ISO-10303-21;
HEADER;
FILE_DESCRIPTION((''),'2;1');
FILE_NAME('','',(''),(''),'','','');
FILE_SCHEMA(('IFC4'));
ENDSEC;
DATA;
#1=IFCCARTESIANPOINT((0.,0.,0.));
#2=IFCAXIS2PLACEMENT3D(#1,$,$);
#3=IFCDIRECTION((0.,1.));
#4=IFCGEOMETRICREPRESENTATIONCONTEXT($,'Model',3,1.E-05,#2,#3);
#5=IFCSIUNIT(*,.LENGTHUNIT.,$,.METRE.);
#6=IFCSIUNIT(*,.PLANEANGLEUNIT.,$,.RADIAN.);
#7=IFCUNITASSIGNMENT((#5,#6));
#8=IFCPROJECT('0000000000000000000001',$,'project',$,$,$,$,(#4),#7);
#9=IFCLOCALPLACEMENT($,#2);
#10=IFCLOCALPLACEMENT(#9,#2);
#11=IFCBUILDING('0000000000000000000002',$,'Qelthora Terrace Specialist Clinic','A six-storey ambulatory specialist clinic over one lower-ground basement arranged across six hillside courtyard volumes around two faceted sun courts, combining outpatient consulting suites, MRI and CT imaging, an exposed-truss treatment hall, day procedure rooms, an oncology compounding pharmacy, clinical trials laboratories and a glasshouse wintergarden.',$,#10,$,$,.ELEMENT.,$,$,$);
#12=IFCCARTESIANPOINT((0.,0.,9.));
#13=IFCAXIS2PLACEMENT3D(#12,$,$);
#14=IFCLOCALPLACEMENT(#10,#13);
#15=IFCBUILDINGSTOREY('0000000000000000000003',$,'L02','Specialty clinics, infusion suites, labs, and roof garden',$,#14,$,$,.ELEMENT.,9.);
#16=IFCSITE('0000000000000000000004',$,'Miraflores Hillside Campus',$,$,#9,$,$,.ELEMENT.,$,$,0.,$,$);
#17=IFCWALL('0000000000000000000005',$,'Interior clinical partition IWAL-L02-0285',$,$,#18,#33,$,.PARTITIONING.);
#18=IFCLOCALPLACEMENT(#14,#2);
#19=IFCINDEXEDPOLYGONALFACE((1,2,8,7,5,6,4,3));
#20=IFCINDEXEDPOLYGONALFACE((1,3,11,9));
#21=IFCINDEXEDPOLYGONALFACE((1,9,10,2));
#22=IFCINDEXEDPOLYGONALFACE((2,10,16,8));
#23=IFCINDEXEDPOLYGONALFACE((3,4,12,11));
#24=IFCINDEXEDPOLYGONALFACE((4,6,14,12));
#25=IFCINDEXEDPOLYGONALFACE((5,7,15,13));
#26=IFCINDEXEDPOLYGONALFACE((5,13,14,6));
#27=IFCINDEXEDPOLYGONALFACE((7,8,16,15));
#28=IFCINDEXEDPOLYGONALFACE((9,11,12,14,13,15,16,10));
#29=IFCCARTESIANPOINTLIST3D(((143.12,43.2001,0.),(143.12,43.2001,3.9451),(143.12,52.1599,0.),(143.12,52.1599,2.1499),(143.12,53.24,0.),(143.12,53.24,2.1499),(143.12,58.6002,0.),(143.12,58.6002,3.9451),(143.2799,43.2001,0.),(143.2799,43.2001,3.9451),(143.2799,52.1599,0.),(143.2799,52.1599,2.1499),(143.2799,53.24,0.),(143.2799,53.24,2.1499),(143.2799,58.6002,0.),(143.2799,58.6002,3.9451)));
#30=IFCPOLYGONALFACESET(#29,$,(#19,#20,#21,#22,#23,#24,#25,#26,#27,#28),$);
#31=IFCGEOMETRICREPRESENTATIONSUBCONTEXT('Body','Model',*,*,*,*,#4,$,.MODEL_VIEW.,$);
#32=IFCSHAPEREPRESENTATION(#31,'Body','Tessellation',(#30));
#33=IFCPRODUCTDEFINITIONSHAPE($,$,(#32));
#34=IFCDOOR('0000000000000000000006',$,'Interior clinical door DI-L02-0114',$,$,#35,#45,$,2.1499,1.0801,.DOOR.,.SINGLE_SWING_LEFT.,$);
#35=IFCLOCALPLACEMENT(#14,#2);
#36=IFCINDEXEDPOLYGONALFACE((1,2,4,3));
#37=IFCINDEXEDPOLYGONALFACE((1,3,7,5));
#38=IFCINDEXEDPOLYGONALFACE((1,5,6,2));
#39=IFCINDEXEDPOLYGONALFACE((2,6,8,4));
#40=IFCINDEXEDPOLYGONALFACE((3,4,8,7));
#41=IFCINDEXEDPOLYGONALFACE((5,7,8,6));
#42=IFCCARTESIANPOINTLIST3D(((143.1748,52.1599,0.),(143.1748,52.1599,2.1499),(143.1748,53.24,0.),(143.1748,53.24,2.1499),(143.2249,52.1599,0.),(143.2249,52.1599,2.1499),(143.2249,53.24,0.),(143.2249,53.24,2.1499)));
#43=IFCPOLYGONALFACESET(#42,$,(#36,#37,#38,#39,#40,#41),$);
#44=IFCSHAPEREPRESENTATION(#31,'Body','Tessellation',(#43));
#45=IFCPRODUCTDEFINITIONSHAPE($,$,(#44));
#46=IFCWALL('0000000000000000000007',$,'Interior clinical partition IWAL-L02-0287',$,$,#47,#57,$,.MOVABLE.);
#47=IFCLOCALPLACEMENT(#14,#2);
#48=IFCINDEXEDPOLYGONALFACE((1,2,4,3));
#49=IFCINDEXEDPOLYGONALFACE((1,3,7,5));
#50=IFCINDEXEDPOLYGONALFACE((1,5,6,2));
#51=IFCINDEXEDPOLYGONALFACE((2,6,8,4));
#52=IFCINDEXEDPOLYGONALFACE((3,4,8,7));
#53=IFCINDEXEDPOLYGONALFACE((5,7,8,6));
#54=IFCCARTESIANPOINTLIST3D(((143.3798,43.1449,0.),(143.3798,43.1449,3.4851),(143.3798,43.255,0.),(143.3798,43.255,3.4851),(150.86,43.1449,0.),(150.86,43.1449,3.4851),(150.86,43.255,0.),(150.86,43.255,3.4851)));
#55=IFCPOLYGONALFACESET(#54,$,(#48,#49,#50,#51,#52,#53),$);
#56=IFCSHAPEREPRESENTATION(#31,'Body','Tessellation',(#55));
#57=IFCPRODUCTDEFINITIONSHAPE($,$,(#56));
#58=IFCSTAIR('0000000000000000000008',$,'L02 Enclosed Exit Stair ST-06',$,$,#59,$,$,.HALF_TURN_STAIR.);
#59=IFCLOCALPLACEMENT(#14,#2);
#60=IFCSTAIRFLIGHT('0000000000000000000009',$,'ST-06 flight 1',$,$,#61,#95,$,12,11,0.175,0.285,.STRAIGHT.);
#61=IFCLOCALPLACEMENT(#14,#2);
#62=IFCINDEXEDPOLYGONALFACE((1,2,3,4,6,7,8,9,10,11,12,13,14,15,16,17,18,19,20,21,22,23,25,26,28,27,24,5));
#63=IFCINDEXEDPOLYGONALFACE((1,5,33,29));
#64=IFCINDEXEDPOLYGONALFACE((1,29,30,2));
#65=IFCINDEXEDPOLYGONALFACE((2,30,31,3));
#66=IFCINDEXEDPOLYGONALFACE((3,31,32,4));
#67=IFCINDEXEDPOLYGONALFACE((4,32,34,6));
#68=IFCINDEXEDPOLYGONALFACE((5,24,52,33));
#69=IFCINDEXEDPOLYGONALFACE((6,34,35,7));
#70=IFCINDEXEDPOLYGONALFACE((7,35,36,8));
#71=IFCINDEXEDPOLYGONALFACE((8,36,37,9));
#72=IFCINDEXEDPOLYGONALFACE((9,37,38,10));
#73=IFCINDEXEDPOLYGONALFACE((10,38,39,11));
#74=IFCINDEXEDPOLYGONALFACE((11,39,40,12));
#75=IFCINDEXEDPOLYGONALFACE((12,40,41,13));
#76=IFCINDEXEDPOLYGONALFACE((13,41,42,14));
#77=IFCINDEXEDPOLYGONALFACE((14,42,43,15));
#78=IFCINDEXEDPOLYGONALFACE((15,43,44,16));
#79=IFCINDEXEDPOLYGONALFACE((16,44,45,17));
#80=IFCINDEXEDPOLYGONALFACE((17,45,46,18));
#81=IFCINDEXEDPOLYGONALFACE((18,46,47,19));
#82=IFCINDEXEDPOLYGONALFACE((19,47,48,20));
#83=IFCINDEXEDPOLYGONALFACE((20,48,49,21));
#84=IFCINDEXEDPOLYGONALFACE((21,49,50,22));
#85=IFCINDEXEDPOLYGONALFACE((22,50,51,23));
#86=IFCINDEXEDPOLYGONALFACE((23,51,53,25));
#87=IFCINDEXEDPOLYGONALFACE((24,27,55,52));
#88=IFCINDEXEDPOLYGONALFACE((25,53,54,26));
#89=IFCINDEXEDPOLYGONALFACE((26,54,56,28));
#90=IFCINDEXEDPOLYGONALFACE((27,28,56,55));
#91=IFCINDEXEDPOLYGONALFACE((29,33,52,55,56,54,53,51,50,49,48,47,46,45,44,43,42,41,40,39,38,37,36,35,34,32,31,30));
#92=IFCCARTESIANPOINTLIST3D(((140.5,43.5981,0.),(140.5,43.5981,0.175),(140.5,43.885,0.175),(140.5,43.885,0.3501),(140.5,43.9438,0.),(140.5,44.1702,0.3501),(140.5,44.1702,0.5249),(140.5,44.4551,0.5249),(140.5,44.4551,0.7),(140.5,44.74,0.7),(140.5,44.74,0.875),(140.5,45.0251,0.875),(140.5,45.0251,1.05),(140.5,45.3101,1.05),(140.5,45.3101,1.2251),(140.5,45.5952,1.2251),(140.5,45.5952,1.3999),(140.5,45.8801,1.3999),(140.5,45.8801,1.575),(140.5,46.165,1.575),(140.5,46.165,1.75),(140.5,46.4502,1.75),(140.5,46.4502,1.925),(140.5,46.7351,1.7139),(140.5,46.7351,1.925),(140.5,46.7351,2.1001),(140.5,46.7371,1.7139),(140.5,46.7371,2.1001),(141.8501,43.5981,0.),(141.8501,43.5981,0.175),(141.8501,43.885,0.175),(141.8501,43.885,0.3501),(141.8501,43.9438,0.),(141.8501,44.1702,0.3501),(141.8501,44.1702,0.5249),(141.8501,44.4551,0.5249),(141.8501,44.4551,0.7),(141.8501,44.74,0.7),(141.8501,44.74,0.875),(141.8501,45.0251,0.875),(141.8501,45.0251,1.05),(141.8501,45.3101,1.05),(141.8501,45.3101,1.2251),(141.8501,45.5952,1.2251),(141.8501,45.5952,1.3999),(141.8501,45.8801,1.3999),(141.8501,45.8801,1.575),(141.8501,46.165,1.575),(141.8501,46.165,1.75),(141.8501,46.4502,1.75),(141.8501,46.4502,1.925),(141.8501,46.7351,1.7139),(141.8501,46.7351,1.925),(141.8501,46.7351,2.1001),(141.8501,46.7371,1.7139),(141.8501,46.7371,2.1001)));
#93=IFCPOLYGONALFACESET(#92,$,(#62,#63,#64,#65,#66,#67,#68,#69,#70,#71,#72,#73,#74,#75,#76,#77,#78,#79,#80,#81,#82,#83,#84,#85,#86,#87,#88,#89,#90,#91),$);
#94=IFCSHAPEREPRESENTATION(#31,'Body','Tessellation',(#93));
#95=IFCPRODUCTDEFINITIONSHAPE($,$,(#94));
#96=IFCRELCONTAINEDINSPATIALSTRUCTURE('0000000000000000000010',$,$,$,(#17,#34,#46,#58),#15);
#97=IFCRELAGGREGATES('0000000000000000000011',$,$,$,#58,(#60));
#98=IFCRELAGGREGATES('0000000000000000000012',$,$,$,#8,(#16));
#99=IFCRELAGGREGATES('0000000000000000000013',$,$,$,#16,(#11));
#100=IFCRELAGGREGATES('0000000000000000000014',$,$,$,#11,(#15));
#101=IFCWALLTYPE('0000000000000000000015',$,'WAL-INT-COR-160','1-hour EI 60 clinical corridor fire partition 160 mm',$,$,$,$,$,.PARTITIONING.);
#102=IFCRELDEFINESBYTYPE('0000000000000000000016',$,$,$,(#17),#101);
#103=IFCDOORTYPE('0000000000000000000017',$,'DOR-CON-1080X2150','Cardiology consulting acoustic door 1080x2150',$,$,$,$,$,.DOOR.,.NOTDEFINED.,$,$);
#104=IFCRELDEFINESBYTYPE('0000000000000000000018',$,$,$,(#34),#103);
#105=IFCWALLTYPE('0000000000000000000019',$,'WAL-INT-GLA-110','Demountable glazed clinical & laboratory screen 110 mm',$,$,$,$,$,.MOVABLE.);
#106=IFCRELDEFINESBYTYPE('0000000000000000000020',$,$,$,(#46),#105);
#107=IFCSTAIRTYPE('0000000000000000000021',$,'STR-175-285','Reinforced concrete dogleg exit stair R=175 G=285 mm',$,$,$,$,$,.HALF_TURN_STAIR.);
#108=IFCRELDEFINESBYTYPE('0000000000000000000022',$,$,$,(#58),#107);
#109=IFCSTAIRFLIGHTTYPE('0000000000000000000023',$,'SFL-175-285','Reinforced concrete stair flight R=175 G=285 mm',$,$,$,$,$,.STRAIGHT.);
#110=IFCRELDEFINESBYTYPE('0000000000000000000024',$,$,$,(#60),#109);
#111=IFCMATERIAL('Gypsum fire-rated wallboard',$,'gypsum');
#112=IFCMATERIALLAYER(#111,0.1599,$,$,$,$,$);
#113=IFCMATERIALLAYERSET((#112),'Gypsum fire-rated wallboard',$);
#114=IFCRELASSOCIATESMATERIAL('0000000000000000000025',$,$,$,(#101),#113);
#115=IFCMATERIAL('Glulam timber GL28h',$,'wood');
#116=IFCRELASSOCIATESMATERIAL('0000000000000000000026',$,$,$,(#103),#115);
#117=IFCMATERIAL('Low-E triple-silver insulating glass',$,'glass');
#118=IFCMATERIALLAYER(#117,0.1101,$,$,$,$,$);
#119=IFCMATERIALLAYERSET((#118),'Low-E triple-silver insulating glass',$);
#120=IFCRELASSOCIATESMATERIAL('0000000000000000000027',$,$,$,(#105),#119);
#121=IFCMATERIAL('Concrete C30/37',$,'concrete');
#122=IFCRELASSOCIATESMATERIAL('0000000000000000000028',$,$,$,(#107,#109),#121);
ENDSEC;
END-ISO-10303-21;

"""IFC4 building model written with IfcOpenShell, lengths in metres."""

from ifc_helpers import new_model, si_unit, direction, frame, frame_2d, origin, place, context, subcontext, project, spatial, polyline, rectangle, outline, extrude, material, layer, layer_set, type_object, element, fill, aggregate, save


model = new_model("IFC4")

# Units and contexts
model_context = context("Model", 3, precision=1e-05, world=origin(), true_north=direction((0.0, 1.0)))
body_context = subcontext(model_context, "Body", "Model", "MODEL_VIEW")
ifc_project = project(units=[si_unit("LENGTHUNIT", "METRE"), si_unit("PLANEANGLEUNIT", "RADIAN")], contexts=[model_context])

# Site, building, storey
site_placement = place(None, origin())
site = spatial("IfcSite", under=ifc_project, at=site_placement, Name="Miraflores Hillside Campus", CompositionType="ELEMENT", RefElevation=0.0)
building_placement = place(site_placement, origin())
building = spatial("IfcBuilding", under=site, at=building_placement, Name="Qelthora Terrace Specialist Clinic", Description="A six-storey ambulatory specialist clinic over one lower-ground basement arranged across six hillside courtyard volumes around two faceted sun courts, combining outpatient consulting suites, MRI and CT imaging, an exposed-truss treatment hall, day procedure rooms, an oncology compounding pharmacy, clinical trials laboratories and a glasshouse wintergarden.", CompositionType="ELEMENT")
storey_placement = place(building_placement, frame((0.0, 0.0, 9.0)))
storey = spatial("IfcBuildingStorey", under=building, at=storey_placement, Name="L02", Description="Specialty clinics, infusion suites, labs, and roof garden", CompositionType="ELEMENT", Elevation=9.0)

# Shared definitions
ifc_material_1 = material(Name="Low-E triple-silver insulating glass", Category="glass")

# Wall, opening, door
ifc_material_2 = material(Name="Gypsum fire-rated wallboard", Category="gypsum")
ifc_layer_1 = layer(ifc_material_2, 0.1599)
ifc_layer_set_1 = layer_set([ifc_layer_1], Name="Gypsum fire-rated wallboard")
wall_type_1 = type_object("IfcWallType", Name="WAL-INT-COR-160", Description="1-hour EI 60 clinical corridor fire partition 160 mm", PredefinedType="PARTITIONING", material=ifc_layer_set_1)
ifc_material_3 = material(Name="Glulam timber GL28h", Category="wood")
wall_1_placement = place(storey_placement, frame((143.2, 43.2, 0.0), z_axis=(0.0, 0.0, 1.0), x_axis=(0.0, 1.0, 0.0)))
wall_1 = element("IfcWall", 1, at=wall_1_placement, inside=storey, type_object=wall_type_1, Name="Interior clinical partition IWAL-L02-0285", PredefinedType="PARTITIONING", context=body_context, shape_type="SweptSolid", body=[
    extrude(rectangle(XDim=15.4001, YDim=0.1599, at=frame_2d((7.7002, 0.0))), origin(), (0.0, 0.0, 1.0), 3.9451),
])
opening_1_placement = place(wall_1_placement, frame((8.96, 0.0, 0.0)))
opening_1 = element("IfcOpeningElement", 2, at=opening_1_placement, cuts=wall_1, PredefinedType="OPENING", context=body_context, shape_type="SweptSolid", body=[
    extrude(rectangle(XDim=1.0801, YDim=2.1499, at=frame_2d((0.54, 1.075))), frame((0.0, 0.0898, 0.0), z_axis=(0.0, -1.0, 0.0), x_axis=(1.0, 0.0, 0.0)), (0.0, 0.0, 1.0), 0.1799),
])
door_type_1 = type_object("IfcDoorType", Name="DOR-CON-1080X2150", Description="Cardiology consulting acoustic door 1080x2150", OperationType="NOTDEFINED", PredefinedType="DOOR", material=ifc_material_3)
door_1_placement = place(opening_1_placement, frame((1.0801, 0.0, 0.0), z_axis=(0.0, 0.0, 1.0), x_axis=(-1.0, 0.0, 0.0)))
door_1 = element("IfcDoor", 3, at=door_1_placement, inside=storey, type_object=door_type_1, Name="Interior clinical door DI-L02-0114", OperationType="SINGLE_SWING_LEFT", OverallHeight=2.1499, OverallWidth=1.0801, PredefinedType="DOOR", context=body_context, shape_type="SweptSolid", body=[
    extrude(rectangle(XDim=1.0801, YDim=2.1499, at=frame_2d((0.54, 1.075))), frame((0.0, 0.0249, 0.0), z_axis=(0.0, -1.0, 0.0), x_axis=(1.0, 0.0, 0.0)), (0.0, 0.0, 1.0), 0.05),
])
fill(opening_1, door_1)

# Wall
ifc_layer_2 = layer(ifc_material_1, 0.1101)
ifc_layer_set_2 = layer_set([ifc_layer_2], Name="Low-E triple-silver insulating glass")
wall_type_2 = type_object("IfcWallType", Name="WAL-INT-GLA-110", Description="Demountable glazed clinical & laboratory screen 110 mm", PredefinedType="MOVABLE", material=ifc_layer_set_2)
wall_2_placement = place(storey_placement, frame((150.8601, 43.2, 0.0), z_axis=(0.0, 0.0, 1.0), x_axis=(-1.0, 0.0, 0.0)))
element("IfcWall", 4, at=wall_2_placement, inside=storey, type_object=wall_type_2, Name="Interior clinical partition IWAL-L02-0287", PredefinedType="MOVABLE", context=body_context, shape_type="SweptSolid", body=[
    extrude(rectangle(XDim=7.4802, YDim=0.1101, at=frame_2d((3.7402, 0.0))), origin(), (0.0, 0.0, 1.0), 3.4851),
])

# Stair, stair flight
ifc_material_4 = material(Name="Concrete C30/37", Category="concrete")
stair_type = type_object("IfcStairType", Name="STR-175-285", Description="Reinforced concrete dogleg exit stair R=175 G=285 mm", PredefinedType="HALF_TURN_STAIR", material=ifc_material_4)
stair_placement = place(storey_placement, origin())
stair = element("IfcStair", 5, at=stair_placement, inside=storey, type_object=stair_type, Name="L02 Enclosed Exit Stair ST-06", PredefinedType="HALF_TURN_STAIR")
stair_flight_type = type_object("IfcStairFlightType", Name="SFL-175-285", Description="Reinforced concrete stair flight R=175 G=285 mm", PredefinedType="STRAIGHT", material=ifc_material_4)
stair_flight_placement = place(storey_placement, frame((141.175, 43.6001, 0.0), z_axis=(0.0, 0.0, 1.0), x_axis=(0.0, 1.0, 0.0)))
stair_flight = element("IfcStairFlight", 6, at=stair_flight_placement, type_object=stair_flight_type, Name="ST-06 flight 1", NumberOfRisers=12, NumberOfTreads=11, PredefinedType="STRAIGHT", RiserHeight=0.175, TreadLength=0.285, context=body_context, shape_type="SweptSolid", body=[
    extrude(outline(polyline([(-0.002, 0.0), (-0.002, 0.175), (0.2849, 0.175), (0.2849, 0.3501), (0.5701, 0.3501), (0.5701, 0.5249), (0.855, 0.5249), (0.855, 0.7), (1.1399, 0.7), (1.1399, 0.875), (1.425, 0.875), (1.425, 1.05), (1.71, 1.05), (1.71, 1.2251), (1.9951, 1.2251), (1.9951, 1.3999), (2.28, 1.3999), (2.28, 1.575), (2.5649, 1.575), (2.5649, 1.75), (2.8501, 1.75), (2.8501, 1.925), (3.135, 1.925), (3.135, 2.1001), (3.137, 2.1001), (3.137, 1.7139), (3.135, 1.7139), (0.3438, 0.0), (-0.002, 0.0)])), frame((0.0, 0.675, 0.0), z_axis=(0.0, -1.0, 0.0), x_axis=(1.0, 0.0, 0.0)), (0.0, 0.0, 1.0), 1.3501),
])
aggregate(stair, [stair_flight])

save(model, "model.ifc")
